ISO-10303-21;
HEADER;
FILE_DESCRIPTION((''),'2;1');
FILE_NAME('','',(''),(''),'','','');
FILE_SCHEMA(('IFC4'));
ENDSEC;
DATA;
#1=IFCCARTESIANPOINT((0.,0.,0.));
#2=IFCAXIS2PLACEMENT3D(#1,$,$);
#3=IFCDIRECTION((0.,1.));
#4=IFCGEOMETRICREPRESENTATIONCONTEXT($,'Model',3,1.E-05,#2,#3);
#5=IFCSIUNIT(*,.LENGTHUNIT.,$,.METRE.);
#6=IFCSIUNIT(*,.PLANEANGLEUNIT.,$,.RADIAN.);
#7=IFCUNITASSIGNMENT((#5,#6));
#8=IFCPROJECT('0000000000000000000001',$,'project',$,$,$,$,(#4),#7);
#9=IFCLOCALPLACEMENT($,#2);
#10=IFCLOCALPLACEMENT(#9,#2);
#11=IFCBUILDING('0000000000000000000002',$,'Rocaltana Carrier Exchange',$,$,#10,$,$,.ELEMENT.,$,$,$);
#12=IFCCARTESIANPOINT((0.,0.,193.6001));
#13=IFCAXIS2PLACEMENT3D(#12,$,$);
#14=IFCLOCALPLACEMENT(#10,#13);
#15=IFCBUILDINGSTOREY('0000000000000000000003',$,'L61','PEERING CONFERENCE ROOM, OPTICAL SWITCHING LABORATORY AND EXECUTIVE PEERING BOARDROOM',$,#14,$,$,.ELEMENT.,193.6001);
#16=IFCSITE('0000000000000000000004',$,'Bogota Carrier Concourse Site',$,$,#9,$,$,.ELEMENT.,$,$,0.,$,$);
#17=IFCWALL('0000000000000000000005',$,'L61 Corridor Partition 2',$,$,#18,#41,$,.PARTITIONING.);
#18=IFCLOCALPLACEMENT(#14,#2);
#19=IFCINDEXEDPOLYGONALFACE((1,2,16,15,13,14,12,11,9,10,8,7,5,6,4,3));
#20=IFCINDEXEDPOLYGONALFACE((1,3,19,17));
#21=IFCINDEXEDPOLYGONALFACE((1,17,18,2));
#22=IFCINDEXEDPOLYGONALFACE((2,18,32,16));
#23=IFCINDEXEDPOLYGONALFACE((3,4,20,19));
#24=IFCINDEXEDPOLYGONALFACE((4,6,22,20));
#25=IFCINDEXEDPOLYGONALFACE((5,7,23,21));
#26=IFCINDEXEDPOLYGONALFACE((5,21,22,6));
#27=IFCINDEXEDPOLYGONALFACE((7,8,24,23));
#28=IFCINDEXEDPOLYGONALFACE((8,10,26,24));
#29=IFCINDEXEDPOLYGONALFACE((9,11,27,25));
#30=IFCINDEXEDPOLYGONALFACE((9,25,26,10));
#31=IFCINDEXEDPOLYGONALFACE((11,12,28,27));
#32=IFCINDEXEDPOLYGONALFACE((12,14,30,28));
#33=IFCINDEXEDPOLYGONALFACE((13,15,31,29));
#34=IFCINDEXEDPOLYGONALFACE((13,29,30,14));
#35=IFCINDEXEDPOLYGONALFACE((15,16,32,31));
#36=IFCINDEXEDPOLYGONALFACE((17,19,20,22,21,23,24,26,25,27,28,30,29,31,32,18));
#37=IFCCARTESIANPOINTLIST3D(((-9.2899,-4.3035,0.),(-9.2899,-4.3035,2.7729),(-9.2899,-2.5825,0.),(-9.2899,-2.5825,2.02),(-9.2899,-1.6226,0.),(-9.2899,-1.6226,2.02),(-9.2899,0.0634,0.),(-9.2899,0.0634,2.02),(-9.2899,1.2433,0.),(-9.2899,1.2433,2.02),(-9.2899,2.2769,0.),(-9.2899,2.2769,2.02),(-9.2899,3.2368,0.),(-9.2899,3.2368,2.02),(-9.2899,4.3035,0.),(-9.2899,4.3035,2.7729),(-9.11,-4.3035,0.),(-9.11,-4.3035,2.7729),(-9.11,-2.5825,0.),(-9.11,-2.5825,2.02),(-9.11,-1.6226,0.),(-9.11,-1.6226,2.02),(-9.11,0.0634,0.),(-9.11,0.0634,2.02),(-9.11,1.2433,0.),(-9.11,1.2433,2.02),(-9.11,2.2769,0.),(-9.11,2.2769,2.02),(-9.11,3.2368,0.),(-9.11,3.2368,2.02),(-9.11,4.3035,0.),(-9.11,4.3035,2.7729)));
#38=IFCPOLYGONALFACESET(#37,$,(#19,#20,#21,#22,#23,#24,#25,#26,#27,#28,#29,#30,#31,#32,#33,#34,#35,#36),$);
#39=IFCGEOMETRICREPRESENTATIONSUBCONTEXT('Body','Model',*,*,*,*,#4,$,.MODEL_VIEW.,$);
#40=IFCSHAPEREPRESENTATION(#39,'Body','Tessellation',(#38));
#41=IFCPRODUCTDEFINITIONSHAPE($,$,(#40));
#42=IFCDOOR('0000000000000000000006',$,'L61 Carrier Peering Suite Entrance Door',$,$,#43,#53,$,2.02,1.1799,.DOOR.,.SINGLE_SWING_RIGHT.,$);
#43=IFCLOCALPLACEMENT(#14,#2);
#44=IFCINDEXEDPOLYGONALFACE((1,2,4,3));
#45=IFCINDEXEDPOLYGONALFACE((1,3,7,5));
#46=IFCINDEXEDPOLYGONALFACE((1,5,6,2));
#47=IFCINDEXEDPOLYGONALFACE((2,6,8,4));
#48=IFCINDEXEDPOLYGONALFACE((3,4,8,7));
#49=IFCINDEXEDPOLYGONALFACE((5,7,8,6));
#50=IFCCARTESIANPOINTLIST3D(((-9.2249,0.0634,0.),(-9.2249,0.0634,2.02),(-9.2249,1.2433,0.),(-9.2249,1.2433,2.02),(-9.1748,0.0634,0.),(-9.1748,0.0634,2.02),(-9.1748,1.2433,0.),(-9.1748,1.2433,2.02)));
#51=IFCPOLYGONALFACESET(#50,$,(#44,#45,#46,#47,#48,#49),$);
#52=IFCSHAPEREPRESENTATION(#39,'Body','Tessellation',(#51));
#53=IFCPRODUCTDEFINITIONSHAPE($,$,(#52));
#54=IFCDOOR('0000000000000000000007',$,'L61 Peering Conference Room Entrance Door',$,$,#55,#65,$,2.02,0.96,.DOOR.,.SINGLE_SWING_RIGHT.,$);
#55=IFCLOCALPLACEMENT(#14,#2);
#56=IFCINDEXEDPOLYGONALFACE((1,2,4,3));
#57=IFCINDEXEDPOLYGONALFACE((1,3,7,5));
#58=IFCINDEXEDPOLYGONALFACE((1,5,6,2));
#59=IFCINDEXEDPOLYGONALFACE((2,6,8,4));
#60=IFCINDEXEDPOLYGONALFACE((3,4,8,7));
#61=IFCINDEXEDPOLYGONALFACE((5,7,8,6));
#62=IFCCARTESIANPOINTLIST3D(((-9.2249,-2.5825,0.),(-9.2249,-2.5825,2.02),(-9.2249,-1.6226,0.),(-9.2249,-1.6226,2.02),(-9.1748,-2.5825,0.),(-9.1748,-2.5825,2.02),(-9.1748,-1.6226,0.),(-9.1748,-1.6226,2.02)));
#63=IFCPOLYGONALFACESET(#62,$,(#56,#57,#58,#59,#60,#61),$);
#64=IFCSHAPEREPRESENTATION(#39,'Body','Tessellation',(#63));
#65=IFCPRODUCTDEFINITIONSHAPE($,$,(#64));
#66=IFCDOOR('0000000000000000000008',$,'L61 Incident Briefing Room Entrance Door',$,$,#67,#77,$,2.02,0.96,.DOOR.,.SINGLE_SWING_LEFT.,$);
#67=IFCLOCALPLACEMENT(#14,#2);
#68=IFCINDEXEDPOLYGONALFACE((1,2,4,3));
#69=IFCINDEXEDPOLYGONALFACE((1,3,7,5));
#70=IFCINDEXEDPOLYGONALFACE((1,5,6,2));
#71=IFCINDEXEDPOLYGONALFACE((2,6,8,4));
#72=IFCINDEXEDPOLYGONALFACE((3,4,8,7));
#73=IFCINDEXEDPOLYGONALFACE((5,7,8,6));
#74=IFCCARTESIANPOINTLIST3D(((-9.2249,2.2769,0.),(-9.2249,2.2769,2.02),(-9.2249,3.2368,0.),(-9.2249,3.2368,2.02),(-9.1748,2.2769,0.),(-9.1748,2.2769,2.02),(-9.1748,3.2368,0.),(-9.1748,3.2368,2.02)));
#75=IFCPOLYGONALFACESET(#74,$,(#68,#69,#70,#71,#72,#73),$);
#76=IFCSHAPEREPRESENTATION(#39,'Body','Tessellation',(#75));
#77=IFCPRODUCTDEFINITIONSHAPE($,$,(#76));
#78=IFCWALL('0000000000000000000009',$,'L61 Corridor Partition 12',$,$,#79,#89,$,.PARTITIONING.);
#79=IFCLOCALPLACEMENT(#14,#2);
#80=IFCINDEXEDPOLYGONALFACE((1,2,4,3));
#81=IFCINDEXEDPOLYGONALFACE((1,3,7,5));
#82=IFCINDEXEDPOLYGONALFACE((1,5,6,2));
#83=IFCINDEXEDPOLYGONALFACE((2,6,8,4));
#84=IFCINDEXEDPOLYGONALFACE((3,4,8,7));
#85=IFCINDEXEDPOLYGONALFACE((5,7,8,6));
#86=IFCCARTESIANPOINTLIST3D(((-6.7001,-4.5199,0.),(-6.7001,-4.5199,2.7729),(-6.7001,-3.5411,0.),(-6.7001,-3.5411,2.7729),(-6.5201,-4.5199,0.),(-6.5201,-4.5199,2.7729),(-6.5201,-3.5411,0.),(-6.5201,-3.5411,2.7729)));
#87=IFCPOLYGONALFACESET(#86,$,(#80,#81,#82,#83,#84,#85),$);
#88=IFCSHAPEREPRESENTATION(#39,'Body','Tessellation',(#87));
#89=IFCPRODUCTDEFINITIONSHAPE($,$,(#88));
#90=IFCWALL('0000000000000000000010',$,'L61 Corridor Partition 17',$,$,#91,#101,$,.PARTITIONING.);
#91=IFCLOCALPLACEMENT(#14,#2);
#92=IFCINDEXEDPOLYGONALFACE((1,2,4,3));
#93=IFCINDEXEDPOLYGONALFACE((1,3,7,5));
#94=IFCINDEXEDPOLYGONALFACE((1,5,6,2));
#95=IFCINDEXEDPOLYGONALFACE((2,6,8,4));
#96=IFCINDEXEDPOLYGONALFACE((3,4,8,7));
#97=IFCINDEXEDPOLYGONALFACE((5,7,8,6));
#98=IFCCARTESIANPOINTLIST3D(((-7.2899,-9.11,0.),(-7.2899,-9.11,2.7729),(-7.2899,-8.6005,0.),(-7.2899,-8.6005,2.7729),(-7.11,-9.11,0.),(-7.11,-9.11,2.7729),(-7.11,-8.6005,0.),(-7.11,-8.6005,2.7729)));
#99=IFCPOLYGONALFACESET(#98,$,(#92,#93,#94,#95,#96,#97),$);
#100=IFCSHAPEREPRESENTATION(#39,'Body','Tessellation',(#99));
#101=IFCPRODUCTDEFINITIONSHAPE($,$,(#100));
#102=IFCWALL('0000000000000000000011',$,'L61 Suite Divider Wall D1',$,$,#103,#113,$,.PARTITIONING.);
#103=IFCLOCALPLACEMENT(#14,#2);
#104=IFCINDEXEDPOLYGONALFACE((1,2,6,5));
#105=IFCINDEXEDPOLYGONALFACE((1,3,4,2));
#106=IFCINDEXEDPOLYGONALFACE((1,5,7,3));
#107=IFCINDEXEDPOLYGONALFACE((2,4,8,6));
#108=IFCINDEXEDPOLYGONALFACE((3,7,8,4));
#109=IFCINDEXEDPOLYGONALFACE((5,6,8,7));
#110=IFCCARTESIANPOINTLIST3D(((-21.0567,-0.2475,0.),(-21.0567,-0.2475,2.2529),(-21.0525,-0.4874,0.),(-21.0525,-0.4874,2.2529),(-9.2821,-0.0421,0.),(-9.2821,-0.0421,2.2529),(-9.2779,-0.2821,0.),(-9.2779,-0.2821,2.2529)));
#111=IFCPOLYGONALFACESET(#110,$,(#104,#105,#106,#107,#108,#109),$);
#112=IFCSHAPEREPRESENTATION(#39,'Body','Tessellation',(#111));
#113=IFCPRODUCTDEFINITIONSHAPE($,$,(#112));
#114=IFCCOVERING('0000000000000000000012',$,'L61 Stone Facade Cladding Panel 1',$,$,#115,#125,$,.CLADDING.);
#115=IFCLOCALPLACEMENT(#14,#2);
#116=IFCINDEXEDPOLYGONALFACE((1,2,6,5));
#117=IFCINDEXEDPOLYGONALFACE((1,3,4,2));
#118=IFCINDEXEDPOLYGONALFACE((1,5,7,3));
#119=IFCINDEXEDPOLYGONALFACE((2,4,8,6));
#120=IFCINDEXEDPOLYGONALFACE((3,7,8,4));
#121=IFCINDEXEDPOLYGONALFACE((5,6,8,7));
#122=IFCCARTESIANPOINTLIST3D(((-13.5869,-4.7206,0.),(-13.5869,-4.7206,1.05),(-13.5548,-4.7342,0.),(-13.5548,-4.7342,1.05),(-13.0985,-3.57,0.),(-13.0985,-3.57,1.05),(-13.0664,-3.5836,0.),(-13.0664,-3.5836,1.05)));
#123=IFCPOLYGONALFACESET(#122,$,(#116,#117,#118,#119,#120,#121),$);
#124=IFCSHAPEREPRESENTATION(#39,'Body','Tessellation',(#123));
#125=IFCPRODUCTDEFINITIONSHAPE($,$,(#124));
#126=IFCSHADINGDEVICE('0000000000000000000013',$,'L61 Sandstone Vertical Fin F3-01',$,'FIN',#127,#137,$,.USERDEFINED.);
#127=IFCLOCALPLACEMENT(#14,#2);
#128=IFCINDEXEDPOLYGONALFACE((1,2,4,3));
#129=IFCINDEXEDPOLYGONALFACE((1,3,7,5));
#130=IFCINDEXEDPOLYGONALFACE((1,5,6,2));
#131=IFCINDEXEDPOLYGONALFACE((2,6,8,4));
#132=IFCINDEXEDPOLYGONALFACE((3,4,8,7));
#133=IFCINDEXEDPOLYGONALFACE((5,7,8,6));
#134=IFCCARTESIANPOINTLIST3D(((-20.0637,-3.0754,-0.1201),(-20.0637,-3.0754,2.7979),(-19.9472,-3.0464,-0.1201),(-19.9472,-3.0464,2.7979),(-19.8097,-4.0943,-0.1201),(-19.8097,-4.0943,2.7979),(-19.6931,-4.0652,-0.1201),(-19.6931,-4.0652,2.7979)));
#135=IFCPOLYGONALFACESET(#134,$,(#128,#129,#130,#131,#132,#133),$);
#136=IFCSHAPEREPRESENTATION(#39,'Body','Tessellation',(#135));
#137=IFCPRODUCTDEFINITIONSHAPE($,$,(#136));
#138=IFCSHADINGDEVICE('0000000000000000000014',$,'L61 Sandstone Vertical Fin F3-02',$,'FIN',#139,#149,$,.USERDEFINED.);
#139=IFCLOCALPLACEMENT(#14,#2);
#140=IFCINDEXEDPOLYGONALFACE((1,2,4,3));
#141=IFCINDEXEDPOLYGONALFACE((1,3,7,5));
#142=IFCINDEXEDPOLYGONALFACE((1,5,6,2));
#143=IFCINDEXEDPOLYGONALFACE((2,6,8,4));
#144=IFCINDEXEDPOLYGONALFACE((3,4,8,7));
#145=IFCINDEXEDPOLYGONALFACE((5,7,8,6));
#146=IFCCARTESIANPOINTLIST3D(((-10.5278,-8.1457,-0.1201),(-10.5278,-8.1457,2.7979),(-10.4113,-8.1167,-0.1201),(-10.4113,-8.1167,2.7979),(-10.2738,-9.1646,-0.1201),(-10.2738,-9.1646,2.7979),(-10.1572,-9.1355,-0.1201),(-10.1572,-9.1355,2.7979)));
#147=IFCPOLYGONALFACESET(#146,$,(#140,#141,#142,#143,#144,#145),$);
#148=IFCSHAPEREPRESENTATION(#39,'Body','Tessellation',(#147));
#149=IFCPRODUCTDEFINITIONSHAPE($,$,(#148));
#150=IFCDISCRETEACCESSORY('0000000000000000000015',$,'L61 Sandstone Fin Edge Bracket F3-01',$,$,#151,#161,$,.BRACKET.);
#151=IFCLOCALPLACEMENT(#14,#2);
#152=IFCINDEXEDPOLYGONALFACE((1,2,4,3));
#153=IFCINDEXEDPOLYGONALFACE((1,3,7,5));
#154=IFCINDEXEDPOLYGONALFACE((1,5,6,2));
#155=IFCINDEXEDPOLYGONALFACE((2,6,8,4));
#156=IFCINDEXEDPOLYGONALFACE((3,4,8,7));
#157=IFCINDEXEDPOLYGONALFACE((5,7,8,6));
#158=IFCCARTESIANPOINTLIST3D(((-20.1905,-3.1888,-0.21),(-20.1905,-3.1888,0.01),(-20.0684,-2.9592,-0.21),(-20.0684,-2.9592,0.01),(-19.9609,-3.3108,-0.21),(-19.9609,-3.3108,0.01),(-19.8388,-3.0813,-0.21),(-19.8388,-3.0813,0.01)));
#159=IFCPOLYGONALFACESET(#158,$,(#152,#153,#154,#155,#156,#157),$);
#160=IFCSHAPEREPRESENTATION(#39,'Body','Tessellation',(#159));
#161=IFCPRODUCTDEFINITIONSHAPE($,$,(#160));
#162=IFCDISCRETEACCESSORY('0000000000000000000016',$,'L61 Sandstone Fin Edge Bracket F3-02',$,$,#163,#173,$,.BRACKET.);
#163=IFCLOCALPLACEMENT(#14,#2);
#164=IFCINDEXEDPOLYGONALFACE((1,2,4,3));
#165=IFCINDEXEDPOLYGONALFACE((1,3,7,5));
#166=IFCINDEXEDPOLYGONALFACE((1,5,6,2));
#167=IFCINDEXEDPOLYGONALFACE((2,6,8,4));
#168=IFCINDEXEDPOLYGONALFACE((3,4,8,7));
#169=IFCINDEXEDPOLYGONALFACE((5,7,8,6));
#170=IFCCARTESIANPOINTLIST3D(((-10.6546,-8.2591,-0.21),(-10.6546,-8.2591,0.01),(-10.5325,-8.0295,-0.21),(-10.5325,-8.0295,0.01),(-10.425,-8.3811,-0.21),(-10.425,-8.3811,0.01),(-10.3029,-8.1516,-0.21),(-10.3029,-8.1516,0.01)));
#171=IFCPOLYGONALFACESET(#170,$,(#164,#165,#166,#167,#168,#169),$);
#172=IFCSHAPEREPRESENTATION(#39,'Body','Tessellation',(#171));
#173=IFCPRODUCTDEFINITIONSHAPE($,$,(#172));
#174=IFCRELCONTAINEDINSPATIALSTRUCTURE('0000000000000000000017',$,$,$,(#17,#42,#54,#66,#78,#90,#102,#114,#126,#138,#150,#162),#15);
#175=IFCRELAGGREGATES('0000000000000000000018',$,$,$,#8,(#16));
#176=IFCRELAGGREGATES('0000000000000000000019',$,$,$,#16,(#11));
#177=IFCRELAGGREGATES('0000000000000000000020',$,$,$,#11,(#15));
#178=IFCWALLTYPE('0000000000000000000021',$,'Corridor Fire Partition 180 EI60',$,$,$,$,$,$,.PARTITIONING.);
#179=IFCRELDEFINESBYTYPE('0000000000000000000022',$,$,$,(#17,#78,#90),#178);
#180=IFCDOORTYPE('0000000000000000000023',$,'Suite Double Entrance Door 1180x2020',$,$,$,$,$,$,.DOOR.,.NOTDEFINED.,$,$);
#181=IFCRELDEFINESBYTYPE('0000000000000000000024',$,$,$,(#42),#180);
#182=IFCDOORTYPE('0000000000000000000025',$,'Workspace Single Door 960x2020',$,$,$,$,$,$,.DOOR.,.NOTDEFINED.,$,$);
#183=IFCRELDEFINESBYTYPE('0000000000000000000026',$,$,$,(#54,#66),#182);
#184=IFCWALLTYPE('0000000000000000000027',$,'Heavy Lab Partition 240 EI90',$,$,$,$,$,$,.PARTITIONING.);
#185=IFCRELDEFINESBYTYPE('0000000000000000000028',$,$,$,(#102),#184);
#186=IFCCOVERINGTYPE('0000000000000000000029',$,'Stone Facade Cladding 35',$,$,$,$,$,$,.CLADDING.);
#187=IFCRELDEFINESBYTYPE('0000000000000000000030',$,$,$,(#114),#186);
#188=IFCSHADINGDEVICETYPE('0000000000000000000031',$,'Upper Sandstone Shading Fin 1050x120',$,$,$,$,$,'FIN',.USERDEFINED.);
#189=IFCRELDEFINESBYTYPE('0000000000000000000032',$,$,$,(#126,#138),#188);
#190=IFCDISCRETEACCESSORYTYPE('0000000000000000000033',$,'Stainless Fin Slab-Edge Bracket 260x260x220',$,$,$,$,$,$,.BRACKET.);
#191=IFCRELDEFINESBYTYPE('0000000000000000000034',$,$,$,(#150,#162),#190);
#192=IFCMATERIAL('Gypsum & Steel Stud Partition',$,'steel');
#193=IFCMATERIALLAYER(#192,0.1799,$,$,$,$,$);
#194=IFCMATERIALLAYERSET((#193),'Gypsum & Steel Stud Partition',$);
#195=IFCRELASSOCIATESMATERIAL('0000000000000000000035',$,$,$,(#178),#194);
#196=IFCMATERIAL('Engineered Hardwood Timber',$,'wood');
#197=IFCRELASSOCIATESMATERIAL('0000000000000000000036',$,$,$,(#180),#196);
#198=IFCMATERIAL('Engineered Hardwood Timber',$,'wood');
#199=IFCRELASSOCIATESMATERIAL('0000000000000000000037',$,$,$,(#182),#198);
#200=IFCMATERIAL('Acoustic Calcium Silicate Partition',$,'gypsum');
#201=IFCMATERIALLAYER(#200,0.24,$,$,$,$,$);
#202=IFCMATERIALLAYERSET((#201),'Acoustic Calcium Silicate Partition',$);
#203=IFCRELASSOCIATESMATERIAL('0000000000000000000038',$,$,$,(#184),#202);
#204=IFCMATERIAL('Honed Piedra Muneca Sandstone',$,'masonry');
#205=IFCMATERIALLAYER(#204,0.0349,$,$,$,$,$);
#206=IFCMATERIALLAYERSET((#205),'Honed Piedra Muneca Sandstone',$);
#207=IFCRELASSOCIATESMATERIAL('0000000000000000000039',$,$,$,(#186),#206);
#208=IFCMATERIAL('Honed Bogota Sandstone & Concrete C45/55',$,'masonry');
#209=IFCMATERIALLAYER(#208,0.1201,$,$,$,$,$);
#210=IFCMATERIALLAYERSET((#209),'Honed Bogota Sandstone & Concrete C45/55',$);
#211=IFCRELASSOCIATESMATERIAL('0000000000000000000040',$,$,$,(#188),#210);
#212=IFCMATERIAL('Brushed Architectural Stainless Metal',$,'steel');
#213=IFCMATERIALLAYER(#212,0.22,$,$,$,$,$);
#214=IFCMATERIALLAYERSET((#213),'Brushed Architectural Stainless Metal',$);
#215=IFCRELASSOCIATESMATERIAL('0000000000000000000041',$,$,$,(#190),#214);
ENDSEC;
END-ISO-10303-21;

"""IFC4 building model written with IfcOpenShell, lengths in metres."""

from ifc_helpers import new_model, si_unit, direction, frame, frame_2d, origin, origin_2d, place, context, subcontext, project, spatial, rectangle, extrude, material, layer, layer_set, type_object, element, fill, save


model = new_model("IFC4")

# Units and contexts
model_context = context("Model", 3, precision=1e-05, world=origin(), true_north=direction((0.0, 1.0)))
body_context = subcontext(model_context, "Body", "Model", "MODEL_VIEW")
ifc_project = project(units=[si_unit("LENGTHUNIT", "METRE"), si_unit("PLANEANGLEUNIT", "RADIAN")], contexts=[model_context])

# Site, building, storey
site_placement = place(None, origin())
site = spatial("IfcSite", under=ifc_project, at=site_placement, Name="Bogota Carrier Concourse Site", CompositionType="ELEMENT", RefElevation=0.0)
building_placement = place(site_placement, origin())
building = spatial("IfcBuilding", under=site, at=building_placement, Name="Rocaltana Carrier Exchange", CompositionType="ELEMENT")
storey_placement = place(building_placement, frame((0.0, 0.0, 193.6001)))
storey = spatial("IfcBuildingStorey", under=building, at=storey_placement, Name="L61", Description="PEERING CONFERENCE ROOM, OPTICAL SWITCHING LABORATORY AND EXECUTIVE PEERING BOARDROOM", CompositionType="ELEMENT", Elevation=193.6001)

# Shared definitions
ifc_material_1 = material(Name="Gypsum & Steel Stud Partition", Category="steel")
ifc_layer_1 = layer(ifc_material_1, 0.1799)
ifc_layer_set_1 = layer_set([ifc_layer_1], Name="Gypsum & Steel Stud Partition")
wall_type_1 = type_object("IfcWallType", Name="Corridor Fire Partition 180 EI60", PredefinedType="PARTITIONING", material=ifc_layer_set_1)

# Wall, openings, doors
wall_1_placement = place(storey_placement, frame((-9.2, -4.3035, 0.0), z_axis=(0.0, 0.0, 1.0), x_axis=(0.0, 1.0, 0.0)))
wall_1 = element("IfcWall", 1, at=wall_1_placement, inside=storey, type_object=wall_type_1, Name="L61 Corridor Partition 2", PredefinedType="PARTITIONING", context=body_context, shape_type="SweptSolid", body=[
    extrude(rectangle(XDim=8.6069, YDim=0.1799, at=frame_2d((4.3035, 0.0))), origin(), (0.0, 0.0, 1.0), 2.7729),
])
opening_1_placement = place(wall_1_placement, frame((1.7209, 0.0, 0.0)))
opening_1 = element("IfcOpeningElement", 2, at=opening_1_placement, cuts=wall_1, PredefinedType="OPENING", context=body_context, shape_type="SweptSolid", body=[
    extrude(rectangle(XDim=0.96, YDim=2.02, at=frame_2d((0.48, 1.01))), frame((0.0, 0.0999, 0.0), z_axis=(0.0, -1.0, 0.0), x_axis=(1.0, 0.0, 0.0)), (0.0, 0.0, 1.0), 0.2),
])
opening_2_placement = place(wall_1_placement, frame((6.5803, 0.0, 0.0)))
opening_2 = element("IfcOpeningElement", 3, at=opening_2_placement, cuts=wall_1, PredefinedType="OPENING", context=body_context, shape_type="SweptSolid", body=[
    extrude(rectangle(XDim=0.96, YDim=2.02, at=frame_2d((0.48, 1.01))), frame((0.0, 0.0999, 0.0), z_axis=(0.0, -1.0, 0.0), x_axis=(1.0, 0.0, 0.0)), (0.0, 0.0, 1.0), 0.2),
])
opening_3_placement = place(wall_1_placement, frame((4.3669, 0.0, 0.0)))
opening_3 = element("IfcOpeningElement", 4, at=opening_3_placement, cuts=wall_1, PredefinedType="OPENING", context=body_context, shape_type="SweptSolid", body=[
    extrude(rectangle(XDim=1.1799, YDim=2.02, at=frame_2d((0.5898, 1.01))), frame((0.0, 0.0999, 0.0), z_axis=(0.0, -1.0, 0.0), x_axis=(1.0, 0.0, 0.0)), (0.0, 0.0, 1.0), 0.2),
])
ifc_material_2 = material(Name="Engineered Hardwood Timber", Category="wood")
door_type_1 = type_object("IfcDoorType", Name="Suite Double Entrance Door 1180x2020", OperationType="NOTDEFINED", PredefinedType="DOOR", material=ifc_material_2)
door_1_placement = place(opening_3_placement, origin())
door_1 = element("IfcDoor", 5, at=door_1_placement, inside=storey, type_object=door_type_1, Name="L61 Carrier Peering Suite Entrance Door", OperationType="SINGLE_SWING_RIGHT", OverallHeight=2.02, OverallWidth=1.1799, PredefinedType="DOOR", context=body_context, shape_type="SweptSolid", body=[
    extrude(rectangle(XDim=1.1799, YDim=2.02, at=frame_2d((0.5898, 1.01))), frame((0.0, 0.0249, 0.0), z_axis=(0.0, -1.0, 0.0), x_axis=(1.0, 0.0, 0.0)), (0.0, 0.0, 1.0), 0.05),
])
fill(opening_3, door_1)
ifc_material_3 = material(Name="Engineered Hardwood Timber", Category="wood")
door_type_2 = type_object("IfcDoorType", Name="Workspace Single Door 960x2020", OperationType="NOTDEFINED", PredefinedType="DOOR", material=ifc_material_3)
door_2_placement = place(opening_1_placement, origin())
door_2 = element("IfcDoor", 6, at=door_2_placement, inside=storey, type_object=door_type_2, Name="L61 Peering Conference Room Entrance Door", OperationType="SINGLE_SWING_RIGHT", OverallHeight=2.02, OverallWidth=0.96, PredefinedType="DOOR", context=body_context, shape_type="SweptSolid", body=[
    extrude(rectangle(XDim=0.96, YDim=2.02, at=frame_2d((0.48, 1.01))), frame((0.0, 0.0249, 0.0), z_axis=(0.0, -1.0, 0.0), x_axis=(1.0, 0.0, 0.0)), (0.0, 0.0, 1.0), 0.05),
])
fill(opening_1, door_2)
door_3_placement = place(opening_2_placement, origin())
door_3 = element("IfcDoor", 7, at=door_3_placement, inside=storey, type_object=door_type_2, Name="L61 Incident Briefing Room Entrance Door", OperationType="SINGLE_SWING_LEFT", OverallHeight=2.02, OverallWidth=0.96, PredefinedType="DOOR", context=body_context, shape_type="SweptSolid", body=[
    extrude(rectangle(XDim=0.96, YDim=2.02, at=frame_2d((0.48, 1.01))), frame((0.0, 0.0249, 0.0), z_axis=(0.0, -1.0, 0.0), x_axis=(1.0, 0.0, 0.0)), (0.0, 0.0, 1.0), 0.05),
])
fill(opening_2, door_3)

# Walls
wall_2_placement = place(storey_placement, frame((-6.6101, -3.5413, 0.0), z_axis=(0.0, 0.0, 1.0), x_axis=(0.0, -1.0, 0.0)))
element("IfcWall", 8, at=wall_2_placement, inside=storey, type_object=wall_type_1, Name="L61 Corridor Partition 12", PredefinedType="PARTITIONING", context=body_context, shape_type="SweptSolid", body=[
    extrude(rectangle(XDim=0.9788, YDim=0.1799, at=frame_2d((0.4893, 0.0))), origin(), (0.0, 0.0, 1.0), 2.7729),
])
wall_3_placement = place(storey_placement, frame((-7.2, -9.1101, 0.0), z_axis=(0.0, 0.0, 1.0), x_axis=(0.0, 1.0, 0.0)))
element("IfcWall", 9, at=wall_3_placement, inside=storey, type_object=wall_type_1, Name="L61 Corridor Partition 17", PredefinedType="PARTITIONING", context=body_context, shape_type="SweptSolid", body=[
    extrude(rectangle(XDim=0.5095, YDim=0.1799, at=frame_2d((0.2549, 0.0))), origin(), (0.0, 0.0, 1.0), 2.7729),
])
ifc_material_4 = material(Name="Acoustic Calcium Silicate Partition", Category="gypsum")
ifc_layer_2 = layer(ifc_material_4, 0.24)
ifc_layer_set_2 = layer_set([ifc_layer_2], Name="Acoustic Calcium Silicate Partition")
wall_type_2 = type_object("IfcWallType", Name="Heavy Lab Partition 240 EI90", PredefinedType="PARTITIONING", material=ifc_layer_set_2)
wall_4_placement = place(storey_placement, frame((-9.28, -0.1621, 0.0), z_axis=(0.0, 0.0, 1.0), x_axis=(-0.999848, -0.017435, 0.0)))
element("IfcWall", 10, at=wall_4_placement, inside=storey, type_object=wall_type_2, Name="L61 Suite Divider Wall D1", PredefinedType="PARTITIONING", context=body_context, shape_type="SweptSolid", body=[
    extrude(rectangle(XDim=11.7764, YDim=0.24, at=frame_2d((5.8882, 0.0))), origin(), (0.0, 0.0, 1.0), 2.2529),
])

# Covering
ifc_material_5 = material(Name="Honed Piedra Muneca Sandstone", Category="masonry")
ifc_layer_3 = layer(ifc_material_5, 0.0349)
ifc_layer_set_3 = layer_set([ifc_layer_3], Name="Honed Piedra Muneca Sandstone")
covering_type = type_object("IfcCoveringType", Name="Stone Facade Cladding 35", PredefinedType="CLADDING", material=ifc_layer_set_3)
covering_placement = place(storey_placement, frame((-13.3267, -4.1521, 0.0), z_axis=(0.0, 0.0, 1.0), x_axis=(0.390731, 0.920505, 0.0)))
element("IfcCovering", 11, at=covering_placement, inside=storey, type_object=covering_type, Name="L61 Stone Facade Cladding Panel 1", PredefinedType="CLADDING", context=body_context, shape_type="SweptSolid", body=[
    extrude(rectangle(XDim=1.25, YDim=0.0349, at=origin_2d()), origin(), (0.0, 0.0, 1.0), 1.05),
])

# Shading devices
ifc_material_6 = material(Name="Honed Bogota Sandstone & Concrete C45/55", Category="masonry")
ifc_layer_4 = layer(ifc_material_6, 0.1201)
ifc_layer_set_4 = layer_set([ifc_layer_4], Name="Honed Bogota Sandstone & Concrete C45/55")
shading_device_type = type_object("IfcShadingDeviceType", Name="Upper Sandstone Shading Fin 1050x120", ElementType="FIN", PredefinedType="USERDEFINED", material=ifc_layer_set_4)
for number, where, z_axis, x_axis, name in (
    (12, (-19.8784, -3.5703, -0.1201), (0.0, 0.0, 1.0), (0.241922, -0.970296, 0.0), "L61 Sandstone Vertical Fin F3-01"),
    (13, (-10.3425, -8.6406, -0.1201), (0.0, 0.0, 1.0), (0.241922, -0.970296, 0.0), "L61 Sandstone Vertical Fin F3-02"),
):
    element("IfcShadingDevice", number, at=place(storey_placement, frame(where, z_axis=z_axis, x_axis=x_axis)), inside=storey, type_object=shading_device_type, Name=name, ObjectType="FIN", PredefinedType="USERDEFINED", context=body_context, shape_type="SweptSolid", body=[
        extrude(rectangle(XDim=1.05, YDim=0.1201, at=origin_2d()), origin(), (0.0, 0.0, 1.0), 2.918),
    ])

# Discrete accessories
ifc_material_7 = material(Name="Brushed Architectural Stainless Metal", Category="steel")
ifc_layer_5 = layer(ifc_material_7, 0.22)
ifc_layer_set_5 = layer_set([ifc_layer_5], Name="Brushed Architectural Stainless Metal")
discrete_accessory_type = type_object("IfcDiscreteAccessoryType", Name="Stainless Fin Slab-Edge Bracket 260x260x220", PredefinedType="BRACKET", material=ifc_layer_set_5)
for number, where, z_axis, x_axis, name in (
    (14, (-20.0146, -3.135, -0.21), (0.0, 0.0, 1.0), (0.882948, -0.469472, 0.0), "L61 Sandstone Fin Edge Bracket F3-01"),
    (15, (-10.4788, -8.2053, -0.21), (0.0, 0.0, 1.0), (0.882948, -0.469472, 0.0), "L61 Sandstone Fin Edge Bracket F3-02"),
):
    element("IfcDiscreteAccessory", number, at=place(storey_placement, frame(where, z_axis=z_axis, x_axis=x_axis)), inside=storey, type_object=discrete_accessory_type, Name=name, PredefinedType="BRACKET", context=body_context, shape_type="SweptSolid", body=[
        extrude(rectangle(XDim=0.26, YDim=0.26, at=origin_2d()), origin(), (0.0, 0.0, 1.0), 0.22),
    ])

save(model, "model.ifc")
